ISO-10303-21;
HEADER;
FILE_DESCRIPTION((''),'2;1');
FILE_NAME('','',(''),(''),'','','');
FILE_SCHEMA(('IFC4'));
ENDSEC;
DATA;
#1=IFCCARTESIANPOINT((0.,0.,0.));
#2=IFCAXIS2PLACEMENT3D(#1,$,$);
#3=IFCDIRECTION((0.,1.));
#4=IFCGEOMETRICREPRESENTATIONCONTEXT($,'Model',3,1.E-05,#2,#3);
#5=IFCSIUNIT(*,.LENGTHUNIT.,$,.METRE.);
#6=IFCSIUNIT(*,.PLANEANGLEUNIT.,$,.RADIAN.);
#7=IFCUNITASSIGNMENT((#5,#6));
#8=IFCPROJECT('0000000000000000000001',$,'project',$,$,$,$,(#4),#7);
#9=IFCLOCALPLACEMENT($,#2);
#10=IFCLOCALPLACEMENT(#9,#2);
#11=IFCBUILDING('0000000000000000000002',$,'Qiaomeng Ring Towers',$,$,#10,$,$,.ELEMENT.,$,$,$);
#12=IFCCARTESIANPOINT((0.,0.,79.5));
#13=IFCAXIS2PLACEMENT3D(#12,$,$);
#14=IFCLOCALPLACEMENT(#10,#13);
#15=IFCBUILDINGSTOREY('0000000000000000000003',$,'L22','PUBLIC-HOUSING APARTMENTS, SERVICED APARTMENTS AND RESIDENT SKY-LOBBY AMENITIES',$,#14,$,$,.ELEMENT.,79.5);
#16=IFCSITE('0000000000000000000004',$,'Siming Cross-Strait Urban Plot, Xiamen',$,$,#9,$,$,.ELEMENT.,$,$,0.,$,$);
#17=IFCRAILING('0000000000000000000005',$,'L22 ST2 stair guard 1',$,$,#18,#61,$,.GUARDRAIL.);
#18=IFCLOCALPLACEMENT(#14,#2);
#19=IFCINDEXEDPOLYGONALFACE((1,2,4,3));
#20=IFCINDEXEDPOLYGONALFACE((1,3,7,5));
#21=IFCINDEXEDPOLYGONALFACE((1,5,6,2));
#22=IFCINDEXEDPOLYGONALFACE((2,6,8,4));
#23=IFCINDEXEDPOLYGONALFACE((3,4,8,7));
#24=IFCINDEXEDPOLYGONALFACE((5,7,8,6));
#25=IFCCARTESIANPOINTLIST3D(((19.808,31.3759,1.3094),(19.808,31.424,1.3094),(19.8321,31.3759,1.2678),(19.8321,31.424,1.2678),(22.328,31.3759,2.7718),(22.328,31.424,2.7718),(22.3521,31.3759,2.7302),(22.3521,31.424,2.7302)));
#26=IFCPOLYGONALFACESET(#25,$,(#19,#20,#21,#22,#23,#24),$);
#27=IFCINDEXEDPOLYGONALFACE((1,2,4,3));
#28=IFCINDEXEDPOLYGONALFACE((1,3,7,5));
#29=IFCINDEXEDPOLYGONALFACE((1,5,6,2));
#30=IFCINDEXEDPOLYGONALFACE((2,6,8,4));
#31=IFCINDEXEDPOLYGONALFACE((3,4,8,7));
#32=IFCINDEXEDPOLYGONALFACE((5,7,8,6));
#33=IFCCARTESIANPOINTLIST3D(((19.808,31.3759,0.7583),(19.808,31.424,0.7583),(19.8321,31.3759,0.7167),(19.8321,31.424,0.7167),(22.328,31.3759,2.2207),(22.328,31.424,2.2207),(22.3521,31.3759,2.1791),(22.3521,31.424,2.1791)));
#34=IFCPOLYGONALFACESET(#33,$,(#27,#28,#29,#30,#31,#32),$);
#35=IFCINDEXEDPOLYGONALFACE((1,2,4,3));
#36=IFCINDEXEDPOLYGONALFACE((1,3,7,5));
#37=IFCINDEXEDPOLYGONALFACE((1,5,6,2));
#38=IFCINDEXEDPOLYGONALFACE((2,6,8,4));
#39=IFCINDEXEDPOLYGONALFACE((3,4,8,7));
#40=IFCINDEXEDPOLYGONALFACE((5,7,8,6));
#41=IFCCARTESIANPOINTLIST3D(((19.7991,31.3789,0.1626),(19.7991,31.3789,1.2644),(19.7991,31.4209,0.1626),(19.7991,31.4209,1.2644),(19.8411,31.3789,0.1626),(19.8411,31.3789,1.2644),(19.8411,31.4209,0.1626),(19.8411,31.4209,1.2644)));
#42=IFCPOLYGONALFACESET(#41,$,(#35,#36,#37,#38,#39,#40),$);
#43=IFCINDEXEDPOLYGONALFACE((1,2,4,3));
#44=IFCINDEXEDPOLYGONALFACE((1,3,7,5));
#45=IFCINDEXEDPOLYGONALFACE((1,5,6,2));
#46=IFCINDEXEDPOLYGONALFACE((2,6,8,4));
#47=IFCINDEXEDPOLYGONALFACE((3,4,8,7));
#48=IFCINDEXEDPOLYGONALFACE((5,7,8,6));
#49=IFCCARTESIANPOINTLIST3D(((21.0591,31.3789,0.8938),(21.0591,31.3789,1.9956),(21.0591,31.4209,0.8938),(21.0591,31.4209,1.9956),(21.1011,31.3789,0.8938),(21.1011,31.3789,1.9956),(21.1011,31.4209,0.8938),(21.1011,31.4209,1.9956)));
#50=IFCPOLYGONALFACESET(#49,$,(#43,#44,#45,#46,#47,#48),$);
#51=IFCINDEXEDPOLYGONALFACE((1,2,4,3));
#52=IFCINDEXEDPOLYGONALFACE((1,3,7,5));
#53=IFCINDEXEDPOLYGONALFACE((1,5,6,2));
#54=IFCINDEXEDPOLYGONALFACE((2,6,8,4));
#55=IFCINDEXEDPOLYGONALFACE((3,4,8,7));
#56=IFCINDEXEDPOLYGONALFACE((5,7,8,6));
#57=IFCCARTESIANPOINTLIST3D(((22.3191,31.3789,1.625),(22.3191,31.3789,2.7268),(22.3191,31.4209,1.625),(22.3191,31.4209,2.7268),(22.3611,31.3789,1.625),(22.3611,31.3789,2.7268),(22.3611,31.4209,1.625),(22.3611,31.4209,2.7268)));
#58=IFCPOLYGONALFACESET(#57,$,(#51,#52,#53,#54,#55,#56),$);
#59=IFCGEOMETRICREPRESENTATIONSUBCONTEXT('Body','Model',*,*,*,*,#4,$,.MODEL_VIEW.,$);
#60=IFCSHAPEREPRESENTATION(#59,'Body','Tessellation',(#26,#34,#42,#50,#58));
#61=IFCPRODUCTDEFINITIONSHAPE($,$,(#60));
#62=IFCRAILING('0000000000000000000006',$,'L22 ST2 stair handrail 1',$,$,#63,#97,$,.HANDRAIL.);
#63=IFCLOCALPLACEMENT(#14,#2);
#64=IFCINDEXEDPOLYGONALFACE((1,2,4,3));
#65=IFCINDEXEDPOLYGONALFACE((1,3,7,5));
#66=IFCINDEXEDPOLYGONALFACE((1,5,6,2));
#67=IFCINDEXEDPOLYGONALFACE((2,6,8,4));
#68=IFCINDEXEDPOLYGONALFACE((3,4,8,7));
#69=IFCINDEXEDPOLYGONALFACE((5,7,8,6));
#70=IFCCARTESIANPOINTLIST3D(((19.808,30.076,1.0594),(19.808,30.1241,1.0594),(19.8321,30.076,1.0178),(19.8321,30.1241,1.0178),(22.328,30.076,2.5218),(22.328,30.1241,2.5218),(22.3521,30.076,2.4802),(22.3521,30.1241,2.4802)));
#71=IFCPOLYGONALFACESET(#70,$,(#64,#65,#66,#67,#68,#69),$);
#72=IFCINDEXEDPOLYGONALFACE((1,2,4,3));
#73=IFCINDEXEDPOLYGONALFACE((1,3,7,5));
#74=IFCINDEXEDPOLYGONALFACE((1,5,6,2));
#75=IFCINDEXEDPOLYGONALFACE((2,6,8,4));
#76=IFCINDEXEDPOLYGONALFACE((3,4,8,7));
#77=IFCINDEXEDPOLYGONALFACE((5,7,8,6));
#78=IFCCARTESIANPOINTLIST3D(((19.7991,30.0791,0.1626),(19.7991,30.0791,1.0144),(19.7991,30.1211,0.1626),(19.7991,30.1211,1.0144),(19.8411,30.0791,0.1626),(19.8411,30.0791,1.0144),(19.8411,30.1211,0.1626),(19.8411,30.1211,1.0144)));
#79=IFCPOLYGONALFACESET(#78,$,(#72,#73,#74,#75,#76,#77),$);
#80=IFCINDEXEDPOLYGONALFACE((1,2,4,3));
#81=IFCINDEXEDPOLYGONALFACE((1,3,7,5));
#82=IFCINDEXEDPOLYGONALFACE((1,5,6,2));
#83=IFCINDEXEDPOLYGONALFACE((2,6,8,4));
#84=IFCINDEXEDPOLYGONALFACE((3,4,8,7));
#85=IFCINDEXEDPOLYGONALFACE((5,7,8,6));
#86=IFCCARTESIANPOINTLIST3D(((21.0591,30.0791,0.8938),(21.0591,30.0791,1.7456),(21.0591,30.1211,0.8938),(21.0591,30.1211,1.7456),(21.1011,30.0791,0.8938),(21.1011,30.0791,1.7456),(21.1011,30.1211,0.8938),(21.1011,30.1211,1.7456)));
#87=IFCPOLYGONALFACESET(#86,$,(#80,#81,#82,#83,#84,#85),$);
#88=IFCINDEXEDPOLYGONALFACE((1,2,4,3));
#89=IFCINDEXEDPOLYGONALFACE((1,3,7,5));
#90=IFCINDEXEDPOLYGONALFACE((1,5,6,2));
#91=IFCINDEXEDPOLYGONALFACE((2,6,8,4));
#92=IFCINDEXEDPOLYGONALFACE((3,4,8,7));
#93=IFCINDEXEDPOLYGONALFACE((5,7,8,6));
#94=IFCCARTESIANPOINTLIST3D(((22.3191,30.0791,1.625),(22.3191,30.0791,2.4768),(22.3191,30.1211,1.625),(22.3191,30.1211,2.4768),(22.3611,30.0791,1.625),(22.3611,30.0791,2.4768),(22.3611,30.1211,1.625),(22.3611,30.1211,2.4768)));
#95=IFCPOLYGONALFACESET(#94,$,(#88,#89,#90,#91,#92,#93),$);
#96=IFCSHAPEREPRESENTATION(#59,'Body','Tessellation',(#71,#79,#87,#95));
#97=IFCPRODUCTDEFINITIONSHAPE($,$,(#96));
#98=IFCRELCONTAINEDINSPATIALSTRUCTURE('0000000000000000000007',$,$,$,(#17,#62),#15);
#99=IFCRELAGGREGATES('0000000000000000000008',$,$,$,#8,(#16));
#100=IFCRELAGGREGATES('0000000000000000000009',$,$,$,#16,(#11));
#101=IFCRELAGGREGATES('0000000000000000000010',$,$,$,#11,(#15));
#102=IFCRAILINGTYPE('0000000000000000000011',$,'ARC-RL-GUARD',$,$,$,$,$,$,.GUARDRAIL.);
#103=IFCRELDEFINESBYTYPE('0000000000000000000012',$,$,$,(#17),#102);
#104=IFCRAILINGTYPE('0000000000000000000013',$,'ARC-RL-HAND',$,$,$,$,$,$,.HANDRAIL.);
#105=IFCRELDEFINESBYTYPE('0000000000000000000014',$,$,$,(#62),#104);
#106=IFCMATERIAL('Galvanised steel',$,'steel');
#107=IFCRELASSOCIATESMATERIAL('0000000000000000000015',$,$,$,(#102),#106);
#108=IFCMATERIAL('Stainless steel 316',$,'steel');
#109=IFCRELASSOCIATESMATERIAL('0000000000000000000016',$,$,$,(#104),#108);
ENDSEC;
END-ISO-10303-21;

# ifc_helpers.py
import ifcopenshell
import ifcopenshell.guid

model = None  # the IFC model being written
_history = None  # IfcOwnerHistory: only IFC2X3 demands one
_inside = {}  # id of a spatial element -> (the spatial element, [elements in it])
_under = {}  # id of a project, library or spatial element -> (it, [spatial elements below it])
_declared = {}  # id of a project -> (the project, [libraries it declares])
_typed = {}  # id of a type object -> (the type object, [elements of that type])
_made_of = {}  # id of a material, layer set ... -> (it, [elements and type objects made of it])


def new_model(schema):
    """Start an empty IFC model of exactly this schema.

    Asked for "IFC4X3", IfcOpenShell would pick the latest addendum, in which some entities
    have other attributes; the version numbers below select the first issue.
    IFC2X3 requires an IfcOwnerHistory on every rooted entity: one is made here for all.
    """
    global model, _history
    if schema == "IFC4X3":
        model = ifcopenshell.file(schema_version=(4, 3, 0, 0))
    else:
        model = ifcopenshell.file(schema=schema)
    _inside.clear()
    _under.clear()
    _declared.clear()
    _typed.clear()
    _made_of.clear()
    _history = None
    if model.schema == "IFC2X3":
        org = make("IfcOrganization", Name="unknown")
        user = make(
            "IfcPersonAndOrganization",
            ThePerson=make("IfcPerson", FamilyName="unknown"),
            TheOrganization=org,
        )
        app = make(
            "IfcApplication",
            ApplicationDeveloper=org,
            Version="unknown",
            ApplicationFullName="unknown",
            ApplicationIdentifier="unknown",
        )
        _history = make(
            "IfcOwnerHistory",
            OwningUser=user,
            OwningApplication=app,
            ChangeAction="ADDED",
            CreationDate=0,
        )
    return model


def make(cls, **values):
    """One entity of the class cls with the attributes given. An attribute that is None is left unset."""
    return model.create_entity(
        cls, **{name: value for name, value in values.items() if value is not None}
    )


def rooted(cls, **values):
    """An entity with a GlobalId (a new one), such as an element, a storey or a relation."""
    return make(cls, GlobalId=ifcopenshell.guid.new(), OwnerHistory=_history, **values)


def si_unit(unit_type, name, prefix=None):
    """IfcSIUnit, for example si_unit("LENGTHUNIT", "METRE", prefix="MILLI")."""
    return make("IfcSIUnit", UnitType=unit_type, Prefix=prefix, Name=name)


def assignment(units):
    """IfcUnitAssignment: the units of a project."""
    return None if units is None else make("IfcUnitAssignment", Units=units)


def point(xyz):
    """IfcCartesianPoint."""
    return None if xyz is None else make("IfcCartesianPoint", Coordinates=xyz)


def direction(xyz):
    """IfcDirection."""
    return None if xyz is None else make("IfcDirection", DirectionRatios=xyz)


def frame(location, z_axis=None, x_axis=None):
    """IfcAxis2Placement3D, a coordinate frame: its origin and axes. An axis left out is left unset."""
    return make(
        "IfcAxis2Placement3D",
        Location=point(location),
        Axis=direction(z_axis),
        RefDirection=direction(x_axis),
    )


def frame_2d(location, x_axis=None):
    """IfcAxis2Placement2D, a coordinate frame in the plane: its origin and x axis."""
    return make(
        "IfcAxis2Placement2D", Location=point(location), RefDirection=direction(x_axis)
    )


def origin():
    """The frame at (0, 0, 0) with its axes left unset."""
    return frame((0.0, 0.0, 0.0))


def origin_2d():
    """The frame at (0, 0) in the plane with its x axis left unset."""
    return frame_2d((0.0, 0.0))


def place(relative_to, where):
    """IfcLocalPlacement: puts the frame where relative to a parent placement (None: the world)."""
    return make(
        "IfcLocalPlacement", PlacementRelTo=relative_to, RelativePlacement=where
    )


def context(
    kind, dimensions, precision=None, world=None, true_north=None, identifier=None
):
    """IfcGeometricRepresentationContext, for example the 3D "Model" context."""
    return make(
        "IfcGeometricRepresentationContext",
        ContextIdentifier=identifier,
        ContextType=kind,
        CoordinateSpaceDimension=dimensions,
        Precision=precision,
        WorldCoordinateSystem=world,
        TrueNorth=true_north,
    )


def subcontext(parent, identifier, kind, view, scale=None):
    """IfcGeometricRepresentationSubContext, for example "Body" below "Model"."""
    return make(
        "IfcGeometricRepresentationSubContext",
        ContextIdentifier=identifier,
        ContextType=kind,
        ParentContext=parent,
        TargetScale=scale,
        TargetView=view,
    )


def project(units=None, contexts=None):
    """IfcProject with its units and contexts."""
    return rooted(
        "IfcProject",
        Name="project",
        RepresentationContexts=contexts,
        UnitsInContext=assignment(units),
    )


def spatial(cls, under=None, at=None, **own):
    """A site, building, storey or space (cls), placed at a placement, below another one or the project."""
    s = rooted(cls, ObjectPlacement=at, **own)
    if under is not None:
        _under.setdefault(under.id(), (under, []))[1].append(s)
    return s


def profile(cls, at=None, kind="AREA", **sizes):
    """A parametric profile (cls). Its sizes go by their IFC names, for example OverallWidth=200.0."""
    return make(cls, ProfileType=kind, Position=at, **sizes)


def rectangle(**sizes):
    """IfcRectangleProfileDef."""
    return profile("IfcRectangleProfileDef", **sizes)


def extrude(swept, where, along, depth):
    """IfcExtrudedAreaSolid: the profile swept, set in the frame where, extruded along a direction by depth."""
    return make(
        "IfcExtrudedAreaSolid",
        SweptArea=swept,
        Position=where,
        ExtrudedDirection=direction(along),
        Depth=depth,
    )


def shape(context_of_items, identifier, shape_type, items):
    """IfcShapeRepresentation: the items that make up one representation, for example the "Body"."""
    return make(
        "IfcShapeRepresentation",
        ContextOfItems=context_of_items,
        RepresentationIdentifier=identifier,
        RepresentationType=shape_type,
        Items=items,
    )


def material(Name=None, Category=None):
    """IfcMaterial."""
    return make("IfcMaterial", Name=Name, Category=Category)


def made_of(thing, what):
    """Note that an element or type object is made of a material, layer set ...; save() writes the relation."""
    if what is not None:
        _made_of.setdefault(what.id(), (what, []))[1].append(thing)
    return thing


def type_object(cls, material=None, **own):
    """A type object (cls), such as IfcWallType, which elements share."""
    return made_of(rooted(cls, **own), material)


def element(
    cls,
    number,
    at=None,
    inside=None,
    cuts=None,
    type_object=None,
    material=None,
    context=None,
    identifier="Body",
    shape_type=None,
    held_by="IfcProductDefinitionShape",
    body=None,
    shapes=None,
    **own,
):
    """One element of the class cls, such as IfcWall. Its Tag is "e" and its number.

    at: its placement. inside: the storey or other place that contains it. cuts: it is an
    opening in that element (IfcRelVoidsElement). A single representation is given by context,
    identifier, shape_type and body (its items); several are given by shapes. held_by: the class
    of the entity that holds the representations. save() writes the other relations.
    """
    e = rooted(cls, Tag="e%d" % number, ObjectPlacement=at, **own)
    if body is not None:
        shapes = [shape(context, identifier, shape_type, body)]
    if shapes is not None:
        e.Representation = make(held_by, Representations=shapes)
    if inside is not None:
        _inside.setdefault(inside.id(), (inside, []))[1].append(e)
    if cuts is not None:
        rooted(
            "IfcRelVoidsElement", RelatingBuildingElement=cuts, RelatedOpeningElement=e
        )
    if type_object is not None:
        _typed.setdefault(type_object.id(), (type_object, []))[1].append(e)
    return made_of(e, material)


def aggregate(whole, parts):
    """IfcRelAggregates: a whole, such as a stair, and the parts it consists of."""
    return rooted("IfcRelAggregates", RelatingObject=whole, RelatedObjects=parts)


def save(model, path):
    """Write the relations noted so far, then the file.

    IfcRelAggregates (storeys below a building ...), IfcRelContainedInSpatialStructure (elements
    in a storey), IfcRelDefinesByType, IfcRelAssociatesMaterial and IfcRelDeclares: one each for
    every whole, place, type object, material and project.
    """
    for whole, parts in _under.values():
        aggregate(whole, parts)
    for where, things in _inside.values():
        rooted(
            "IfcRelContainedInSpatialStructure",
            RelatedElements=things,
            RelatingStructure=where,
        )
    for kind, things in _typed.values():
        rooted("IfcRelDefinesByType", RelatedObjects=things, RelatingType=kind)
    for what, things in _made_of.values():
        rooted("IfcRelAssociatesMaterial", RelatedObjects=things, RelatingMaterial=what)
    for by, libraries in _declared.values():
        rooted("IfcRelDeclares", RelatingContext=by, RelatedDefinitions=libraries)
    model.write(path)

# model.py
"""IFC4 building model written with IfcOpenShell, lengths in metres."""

from ifc_helpers import new_model, si_unit, direction, frame, origin, origin_2d, place, context, subcontext, project, spatial, rectangle, extrude, material, type_object, element, save


model = new_model("IFC4")

# Units and contexts
model_context = context("Model", 3, precision=1e-05, world=origin(), true_north=direction((0.0, 1.0)))
body_context = subcontext(model_context, "Body", "Model", "MODEL_VIEW")
ifc_project = project(units=[si_unit("LENGTHUNIT", "METRE"), si_unit("PLANEANGLEUNIT", "RADIAN")], contexts=[model_context])

# Site, building, storey
site_placement = place(None, origin())
site = spatial("IfcSite", under=ifc_project, at=site_placement, Name="Siming Cross-Strait Urban Plot, Xiamen", CompositionType="ELEMENT", RefElevation=0.0)
building_placement = place(site_placement, origin())
building = spatial("IfcBuilding", under=site, at=building_placement, Name="Qiaomeng Ring Towers", CompositionType="ELEMENT")
storey_placement = place(building_placement, frame((0.0, 0.0, 79.5)))
storey = spatial("IfcBuildingStorey", under=building, at=storey_placement, Name="L22", Description="PUBLIC-HOUSING APARTMENTS, SERVICED APARTMENTS AND RESIDENT SKY-LOBBY AMENITIES", CompositionType="ELEMENT", Elevation=79.5)

# Shared definitions
ifc_material_1 = material(Name="Galvanised steel", Category="steel")

# Shared definitions
ifc_material_2 = material(Name="Stainless steel 316", Category="steel")

# Railings
railing_type_1 = type_object("IfcRailingType", Name="ARC-RL-GUARD", PredefinedType="GUARDRAIL", material=ifc_material_1)
railing_1_placement = place(storey_placement, frame((19.8201, 31.3999, 0.1626)))
element("IfcRailing", 1, at=railing_1_placement, inside=storey, type_object=railing_type_1, Name="L22 ST2 stair guard 1", PredefinedType="GUARDRAIL", context=body_context, shape_type="SweptSolid", body=[
    extrude(rectangle(XDim=0.0481, YDim=0.0481, at=origin_2d()), frame((0.0, 0.0, 1.126), z_axis=(0.864913, 0.0, 0.501921), x_axis=(0.0, 1.0, 0.0)), (0.0, 0.0, 1.0), 2.9136),
    extrude(rectangle(XDim=0.0481, YDim=0.0481, at=origin_2d()), frame((0.0, 0.0, 0.575), z_axis=(0.864913, 0.0, 0.501921), x_axis=(0.0, 1.0, 0.0)), (0.0, 0.0, 1.0), 2.9136),
    extrude(rectangle(XDim=0.042, YDim=0.042, at=origin_2d()), origin(), (0.0, 0.0, 1.0), 1.1018),
    extrude(rectangle(XDim=0.042, YDim=0.042, at=origin_2d()), frame((1.26, 0.0, 0.7312)), (0.0, 0.0, 1.0), 1.1018),
    extrude(rectangle(XDim=0.042, YDim=0.042, at=origin_2d()), frame((2.52, 0.0, 1.4624)), (0.0, 0.0, 1.0), 1.1018),
])
railing_type_2 = type_object("IfcRailingType", Name="ARC-RL-HAND", PredefinedType="HANDRAIL", material=ifc_material_2)
railing_2_placement = place(storey_placement, frame((19.8201, 30.1001, 0.1626)))
element("IfcRailing", 2, at=railing_2_placement, inside=storey, type_object=railing_type_2, Name="L22 ST2 stair handrail 1", PredefinedType="HANDRAIL", context=body_context, shape_type="SweptSolid", body=[
    extrude(rectangle(XDim=0.0481, YDim=0.0481, at=origin_2d()), frame((0.0, 0.0, 0.876), z_axis=(0.864913, 0.0, 0.501921), x_axis=(0.0, 1.0, 0.0)), (0.0, 0.0, 1.0), 2.9136),
    extrude(rectangle(XDim=0.042, YDim=0.042, at=origin_2d()), origin(), (0.0, 0.0, 1.0), 0.8518),
    extrude(rectangle(XDim=0.042, YDim=0.042, at=origin_2d()), frame((1.26, 0.0, 0.7312)), (0.0, 0.0, 1.0), 0.8518),
    extrude(rectangle(XDim=0.042, YDim=0.042, at=origin_2d()), frame((2.52, 0.0, 1.4624)), (0.0, 0.0, 1.0), 0.8518),
])

save(model, "model.ifc")
